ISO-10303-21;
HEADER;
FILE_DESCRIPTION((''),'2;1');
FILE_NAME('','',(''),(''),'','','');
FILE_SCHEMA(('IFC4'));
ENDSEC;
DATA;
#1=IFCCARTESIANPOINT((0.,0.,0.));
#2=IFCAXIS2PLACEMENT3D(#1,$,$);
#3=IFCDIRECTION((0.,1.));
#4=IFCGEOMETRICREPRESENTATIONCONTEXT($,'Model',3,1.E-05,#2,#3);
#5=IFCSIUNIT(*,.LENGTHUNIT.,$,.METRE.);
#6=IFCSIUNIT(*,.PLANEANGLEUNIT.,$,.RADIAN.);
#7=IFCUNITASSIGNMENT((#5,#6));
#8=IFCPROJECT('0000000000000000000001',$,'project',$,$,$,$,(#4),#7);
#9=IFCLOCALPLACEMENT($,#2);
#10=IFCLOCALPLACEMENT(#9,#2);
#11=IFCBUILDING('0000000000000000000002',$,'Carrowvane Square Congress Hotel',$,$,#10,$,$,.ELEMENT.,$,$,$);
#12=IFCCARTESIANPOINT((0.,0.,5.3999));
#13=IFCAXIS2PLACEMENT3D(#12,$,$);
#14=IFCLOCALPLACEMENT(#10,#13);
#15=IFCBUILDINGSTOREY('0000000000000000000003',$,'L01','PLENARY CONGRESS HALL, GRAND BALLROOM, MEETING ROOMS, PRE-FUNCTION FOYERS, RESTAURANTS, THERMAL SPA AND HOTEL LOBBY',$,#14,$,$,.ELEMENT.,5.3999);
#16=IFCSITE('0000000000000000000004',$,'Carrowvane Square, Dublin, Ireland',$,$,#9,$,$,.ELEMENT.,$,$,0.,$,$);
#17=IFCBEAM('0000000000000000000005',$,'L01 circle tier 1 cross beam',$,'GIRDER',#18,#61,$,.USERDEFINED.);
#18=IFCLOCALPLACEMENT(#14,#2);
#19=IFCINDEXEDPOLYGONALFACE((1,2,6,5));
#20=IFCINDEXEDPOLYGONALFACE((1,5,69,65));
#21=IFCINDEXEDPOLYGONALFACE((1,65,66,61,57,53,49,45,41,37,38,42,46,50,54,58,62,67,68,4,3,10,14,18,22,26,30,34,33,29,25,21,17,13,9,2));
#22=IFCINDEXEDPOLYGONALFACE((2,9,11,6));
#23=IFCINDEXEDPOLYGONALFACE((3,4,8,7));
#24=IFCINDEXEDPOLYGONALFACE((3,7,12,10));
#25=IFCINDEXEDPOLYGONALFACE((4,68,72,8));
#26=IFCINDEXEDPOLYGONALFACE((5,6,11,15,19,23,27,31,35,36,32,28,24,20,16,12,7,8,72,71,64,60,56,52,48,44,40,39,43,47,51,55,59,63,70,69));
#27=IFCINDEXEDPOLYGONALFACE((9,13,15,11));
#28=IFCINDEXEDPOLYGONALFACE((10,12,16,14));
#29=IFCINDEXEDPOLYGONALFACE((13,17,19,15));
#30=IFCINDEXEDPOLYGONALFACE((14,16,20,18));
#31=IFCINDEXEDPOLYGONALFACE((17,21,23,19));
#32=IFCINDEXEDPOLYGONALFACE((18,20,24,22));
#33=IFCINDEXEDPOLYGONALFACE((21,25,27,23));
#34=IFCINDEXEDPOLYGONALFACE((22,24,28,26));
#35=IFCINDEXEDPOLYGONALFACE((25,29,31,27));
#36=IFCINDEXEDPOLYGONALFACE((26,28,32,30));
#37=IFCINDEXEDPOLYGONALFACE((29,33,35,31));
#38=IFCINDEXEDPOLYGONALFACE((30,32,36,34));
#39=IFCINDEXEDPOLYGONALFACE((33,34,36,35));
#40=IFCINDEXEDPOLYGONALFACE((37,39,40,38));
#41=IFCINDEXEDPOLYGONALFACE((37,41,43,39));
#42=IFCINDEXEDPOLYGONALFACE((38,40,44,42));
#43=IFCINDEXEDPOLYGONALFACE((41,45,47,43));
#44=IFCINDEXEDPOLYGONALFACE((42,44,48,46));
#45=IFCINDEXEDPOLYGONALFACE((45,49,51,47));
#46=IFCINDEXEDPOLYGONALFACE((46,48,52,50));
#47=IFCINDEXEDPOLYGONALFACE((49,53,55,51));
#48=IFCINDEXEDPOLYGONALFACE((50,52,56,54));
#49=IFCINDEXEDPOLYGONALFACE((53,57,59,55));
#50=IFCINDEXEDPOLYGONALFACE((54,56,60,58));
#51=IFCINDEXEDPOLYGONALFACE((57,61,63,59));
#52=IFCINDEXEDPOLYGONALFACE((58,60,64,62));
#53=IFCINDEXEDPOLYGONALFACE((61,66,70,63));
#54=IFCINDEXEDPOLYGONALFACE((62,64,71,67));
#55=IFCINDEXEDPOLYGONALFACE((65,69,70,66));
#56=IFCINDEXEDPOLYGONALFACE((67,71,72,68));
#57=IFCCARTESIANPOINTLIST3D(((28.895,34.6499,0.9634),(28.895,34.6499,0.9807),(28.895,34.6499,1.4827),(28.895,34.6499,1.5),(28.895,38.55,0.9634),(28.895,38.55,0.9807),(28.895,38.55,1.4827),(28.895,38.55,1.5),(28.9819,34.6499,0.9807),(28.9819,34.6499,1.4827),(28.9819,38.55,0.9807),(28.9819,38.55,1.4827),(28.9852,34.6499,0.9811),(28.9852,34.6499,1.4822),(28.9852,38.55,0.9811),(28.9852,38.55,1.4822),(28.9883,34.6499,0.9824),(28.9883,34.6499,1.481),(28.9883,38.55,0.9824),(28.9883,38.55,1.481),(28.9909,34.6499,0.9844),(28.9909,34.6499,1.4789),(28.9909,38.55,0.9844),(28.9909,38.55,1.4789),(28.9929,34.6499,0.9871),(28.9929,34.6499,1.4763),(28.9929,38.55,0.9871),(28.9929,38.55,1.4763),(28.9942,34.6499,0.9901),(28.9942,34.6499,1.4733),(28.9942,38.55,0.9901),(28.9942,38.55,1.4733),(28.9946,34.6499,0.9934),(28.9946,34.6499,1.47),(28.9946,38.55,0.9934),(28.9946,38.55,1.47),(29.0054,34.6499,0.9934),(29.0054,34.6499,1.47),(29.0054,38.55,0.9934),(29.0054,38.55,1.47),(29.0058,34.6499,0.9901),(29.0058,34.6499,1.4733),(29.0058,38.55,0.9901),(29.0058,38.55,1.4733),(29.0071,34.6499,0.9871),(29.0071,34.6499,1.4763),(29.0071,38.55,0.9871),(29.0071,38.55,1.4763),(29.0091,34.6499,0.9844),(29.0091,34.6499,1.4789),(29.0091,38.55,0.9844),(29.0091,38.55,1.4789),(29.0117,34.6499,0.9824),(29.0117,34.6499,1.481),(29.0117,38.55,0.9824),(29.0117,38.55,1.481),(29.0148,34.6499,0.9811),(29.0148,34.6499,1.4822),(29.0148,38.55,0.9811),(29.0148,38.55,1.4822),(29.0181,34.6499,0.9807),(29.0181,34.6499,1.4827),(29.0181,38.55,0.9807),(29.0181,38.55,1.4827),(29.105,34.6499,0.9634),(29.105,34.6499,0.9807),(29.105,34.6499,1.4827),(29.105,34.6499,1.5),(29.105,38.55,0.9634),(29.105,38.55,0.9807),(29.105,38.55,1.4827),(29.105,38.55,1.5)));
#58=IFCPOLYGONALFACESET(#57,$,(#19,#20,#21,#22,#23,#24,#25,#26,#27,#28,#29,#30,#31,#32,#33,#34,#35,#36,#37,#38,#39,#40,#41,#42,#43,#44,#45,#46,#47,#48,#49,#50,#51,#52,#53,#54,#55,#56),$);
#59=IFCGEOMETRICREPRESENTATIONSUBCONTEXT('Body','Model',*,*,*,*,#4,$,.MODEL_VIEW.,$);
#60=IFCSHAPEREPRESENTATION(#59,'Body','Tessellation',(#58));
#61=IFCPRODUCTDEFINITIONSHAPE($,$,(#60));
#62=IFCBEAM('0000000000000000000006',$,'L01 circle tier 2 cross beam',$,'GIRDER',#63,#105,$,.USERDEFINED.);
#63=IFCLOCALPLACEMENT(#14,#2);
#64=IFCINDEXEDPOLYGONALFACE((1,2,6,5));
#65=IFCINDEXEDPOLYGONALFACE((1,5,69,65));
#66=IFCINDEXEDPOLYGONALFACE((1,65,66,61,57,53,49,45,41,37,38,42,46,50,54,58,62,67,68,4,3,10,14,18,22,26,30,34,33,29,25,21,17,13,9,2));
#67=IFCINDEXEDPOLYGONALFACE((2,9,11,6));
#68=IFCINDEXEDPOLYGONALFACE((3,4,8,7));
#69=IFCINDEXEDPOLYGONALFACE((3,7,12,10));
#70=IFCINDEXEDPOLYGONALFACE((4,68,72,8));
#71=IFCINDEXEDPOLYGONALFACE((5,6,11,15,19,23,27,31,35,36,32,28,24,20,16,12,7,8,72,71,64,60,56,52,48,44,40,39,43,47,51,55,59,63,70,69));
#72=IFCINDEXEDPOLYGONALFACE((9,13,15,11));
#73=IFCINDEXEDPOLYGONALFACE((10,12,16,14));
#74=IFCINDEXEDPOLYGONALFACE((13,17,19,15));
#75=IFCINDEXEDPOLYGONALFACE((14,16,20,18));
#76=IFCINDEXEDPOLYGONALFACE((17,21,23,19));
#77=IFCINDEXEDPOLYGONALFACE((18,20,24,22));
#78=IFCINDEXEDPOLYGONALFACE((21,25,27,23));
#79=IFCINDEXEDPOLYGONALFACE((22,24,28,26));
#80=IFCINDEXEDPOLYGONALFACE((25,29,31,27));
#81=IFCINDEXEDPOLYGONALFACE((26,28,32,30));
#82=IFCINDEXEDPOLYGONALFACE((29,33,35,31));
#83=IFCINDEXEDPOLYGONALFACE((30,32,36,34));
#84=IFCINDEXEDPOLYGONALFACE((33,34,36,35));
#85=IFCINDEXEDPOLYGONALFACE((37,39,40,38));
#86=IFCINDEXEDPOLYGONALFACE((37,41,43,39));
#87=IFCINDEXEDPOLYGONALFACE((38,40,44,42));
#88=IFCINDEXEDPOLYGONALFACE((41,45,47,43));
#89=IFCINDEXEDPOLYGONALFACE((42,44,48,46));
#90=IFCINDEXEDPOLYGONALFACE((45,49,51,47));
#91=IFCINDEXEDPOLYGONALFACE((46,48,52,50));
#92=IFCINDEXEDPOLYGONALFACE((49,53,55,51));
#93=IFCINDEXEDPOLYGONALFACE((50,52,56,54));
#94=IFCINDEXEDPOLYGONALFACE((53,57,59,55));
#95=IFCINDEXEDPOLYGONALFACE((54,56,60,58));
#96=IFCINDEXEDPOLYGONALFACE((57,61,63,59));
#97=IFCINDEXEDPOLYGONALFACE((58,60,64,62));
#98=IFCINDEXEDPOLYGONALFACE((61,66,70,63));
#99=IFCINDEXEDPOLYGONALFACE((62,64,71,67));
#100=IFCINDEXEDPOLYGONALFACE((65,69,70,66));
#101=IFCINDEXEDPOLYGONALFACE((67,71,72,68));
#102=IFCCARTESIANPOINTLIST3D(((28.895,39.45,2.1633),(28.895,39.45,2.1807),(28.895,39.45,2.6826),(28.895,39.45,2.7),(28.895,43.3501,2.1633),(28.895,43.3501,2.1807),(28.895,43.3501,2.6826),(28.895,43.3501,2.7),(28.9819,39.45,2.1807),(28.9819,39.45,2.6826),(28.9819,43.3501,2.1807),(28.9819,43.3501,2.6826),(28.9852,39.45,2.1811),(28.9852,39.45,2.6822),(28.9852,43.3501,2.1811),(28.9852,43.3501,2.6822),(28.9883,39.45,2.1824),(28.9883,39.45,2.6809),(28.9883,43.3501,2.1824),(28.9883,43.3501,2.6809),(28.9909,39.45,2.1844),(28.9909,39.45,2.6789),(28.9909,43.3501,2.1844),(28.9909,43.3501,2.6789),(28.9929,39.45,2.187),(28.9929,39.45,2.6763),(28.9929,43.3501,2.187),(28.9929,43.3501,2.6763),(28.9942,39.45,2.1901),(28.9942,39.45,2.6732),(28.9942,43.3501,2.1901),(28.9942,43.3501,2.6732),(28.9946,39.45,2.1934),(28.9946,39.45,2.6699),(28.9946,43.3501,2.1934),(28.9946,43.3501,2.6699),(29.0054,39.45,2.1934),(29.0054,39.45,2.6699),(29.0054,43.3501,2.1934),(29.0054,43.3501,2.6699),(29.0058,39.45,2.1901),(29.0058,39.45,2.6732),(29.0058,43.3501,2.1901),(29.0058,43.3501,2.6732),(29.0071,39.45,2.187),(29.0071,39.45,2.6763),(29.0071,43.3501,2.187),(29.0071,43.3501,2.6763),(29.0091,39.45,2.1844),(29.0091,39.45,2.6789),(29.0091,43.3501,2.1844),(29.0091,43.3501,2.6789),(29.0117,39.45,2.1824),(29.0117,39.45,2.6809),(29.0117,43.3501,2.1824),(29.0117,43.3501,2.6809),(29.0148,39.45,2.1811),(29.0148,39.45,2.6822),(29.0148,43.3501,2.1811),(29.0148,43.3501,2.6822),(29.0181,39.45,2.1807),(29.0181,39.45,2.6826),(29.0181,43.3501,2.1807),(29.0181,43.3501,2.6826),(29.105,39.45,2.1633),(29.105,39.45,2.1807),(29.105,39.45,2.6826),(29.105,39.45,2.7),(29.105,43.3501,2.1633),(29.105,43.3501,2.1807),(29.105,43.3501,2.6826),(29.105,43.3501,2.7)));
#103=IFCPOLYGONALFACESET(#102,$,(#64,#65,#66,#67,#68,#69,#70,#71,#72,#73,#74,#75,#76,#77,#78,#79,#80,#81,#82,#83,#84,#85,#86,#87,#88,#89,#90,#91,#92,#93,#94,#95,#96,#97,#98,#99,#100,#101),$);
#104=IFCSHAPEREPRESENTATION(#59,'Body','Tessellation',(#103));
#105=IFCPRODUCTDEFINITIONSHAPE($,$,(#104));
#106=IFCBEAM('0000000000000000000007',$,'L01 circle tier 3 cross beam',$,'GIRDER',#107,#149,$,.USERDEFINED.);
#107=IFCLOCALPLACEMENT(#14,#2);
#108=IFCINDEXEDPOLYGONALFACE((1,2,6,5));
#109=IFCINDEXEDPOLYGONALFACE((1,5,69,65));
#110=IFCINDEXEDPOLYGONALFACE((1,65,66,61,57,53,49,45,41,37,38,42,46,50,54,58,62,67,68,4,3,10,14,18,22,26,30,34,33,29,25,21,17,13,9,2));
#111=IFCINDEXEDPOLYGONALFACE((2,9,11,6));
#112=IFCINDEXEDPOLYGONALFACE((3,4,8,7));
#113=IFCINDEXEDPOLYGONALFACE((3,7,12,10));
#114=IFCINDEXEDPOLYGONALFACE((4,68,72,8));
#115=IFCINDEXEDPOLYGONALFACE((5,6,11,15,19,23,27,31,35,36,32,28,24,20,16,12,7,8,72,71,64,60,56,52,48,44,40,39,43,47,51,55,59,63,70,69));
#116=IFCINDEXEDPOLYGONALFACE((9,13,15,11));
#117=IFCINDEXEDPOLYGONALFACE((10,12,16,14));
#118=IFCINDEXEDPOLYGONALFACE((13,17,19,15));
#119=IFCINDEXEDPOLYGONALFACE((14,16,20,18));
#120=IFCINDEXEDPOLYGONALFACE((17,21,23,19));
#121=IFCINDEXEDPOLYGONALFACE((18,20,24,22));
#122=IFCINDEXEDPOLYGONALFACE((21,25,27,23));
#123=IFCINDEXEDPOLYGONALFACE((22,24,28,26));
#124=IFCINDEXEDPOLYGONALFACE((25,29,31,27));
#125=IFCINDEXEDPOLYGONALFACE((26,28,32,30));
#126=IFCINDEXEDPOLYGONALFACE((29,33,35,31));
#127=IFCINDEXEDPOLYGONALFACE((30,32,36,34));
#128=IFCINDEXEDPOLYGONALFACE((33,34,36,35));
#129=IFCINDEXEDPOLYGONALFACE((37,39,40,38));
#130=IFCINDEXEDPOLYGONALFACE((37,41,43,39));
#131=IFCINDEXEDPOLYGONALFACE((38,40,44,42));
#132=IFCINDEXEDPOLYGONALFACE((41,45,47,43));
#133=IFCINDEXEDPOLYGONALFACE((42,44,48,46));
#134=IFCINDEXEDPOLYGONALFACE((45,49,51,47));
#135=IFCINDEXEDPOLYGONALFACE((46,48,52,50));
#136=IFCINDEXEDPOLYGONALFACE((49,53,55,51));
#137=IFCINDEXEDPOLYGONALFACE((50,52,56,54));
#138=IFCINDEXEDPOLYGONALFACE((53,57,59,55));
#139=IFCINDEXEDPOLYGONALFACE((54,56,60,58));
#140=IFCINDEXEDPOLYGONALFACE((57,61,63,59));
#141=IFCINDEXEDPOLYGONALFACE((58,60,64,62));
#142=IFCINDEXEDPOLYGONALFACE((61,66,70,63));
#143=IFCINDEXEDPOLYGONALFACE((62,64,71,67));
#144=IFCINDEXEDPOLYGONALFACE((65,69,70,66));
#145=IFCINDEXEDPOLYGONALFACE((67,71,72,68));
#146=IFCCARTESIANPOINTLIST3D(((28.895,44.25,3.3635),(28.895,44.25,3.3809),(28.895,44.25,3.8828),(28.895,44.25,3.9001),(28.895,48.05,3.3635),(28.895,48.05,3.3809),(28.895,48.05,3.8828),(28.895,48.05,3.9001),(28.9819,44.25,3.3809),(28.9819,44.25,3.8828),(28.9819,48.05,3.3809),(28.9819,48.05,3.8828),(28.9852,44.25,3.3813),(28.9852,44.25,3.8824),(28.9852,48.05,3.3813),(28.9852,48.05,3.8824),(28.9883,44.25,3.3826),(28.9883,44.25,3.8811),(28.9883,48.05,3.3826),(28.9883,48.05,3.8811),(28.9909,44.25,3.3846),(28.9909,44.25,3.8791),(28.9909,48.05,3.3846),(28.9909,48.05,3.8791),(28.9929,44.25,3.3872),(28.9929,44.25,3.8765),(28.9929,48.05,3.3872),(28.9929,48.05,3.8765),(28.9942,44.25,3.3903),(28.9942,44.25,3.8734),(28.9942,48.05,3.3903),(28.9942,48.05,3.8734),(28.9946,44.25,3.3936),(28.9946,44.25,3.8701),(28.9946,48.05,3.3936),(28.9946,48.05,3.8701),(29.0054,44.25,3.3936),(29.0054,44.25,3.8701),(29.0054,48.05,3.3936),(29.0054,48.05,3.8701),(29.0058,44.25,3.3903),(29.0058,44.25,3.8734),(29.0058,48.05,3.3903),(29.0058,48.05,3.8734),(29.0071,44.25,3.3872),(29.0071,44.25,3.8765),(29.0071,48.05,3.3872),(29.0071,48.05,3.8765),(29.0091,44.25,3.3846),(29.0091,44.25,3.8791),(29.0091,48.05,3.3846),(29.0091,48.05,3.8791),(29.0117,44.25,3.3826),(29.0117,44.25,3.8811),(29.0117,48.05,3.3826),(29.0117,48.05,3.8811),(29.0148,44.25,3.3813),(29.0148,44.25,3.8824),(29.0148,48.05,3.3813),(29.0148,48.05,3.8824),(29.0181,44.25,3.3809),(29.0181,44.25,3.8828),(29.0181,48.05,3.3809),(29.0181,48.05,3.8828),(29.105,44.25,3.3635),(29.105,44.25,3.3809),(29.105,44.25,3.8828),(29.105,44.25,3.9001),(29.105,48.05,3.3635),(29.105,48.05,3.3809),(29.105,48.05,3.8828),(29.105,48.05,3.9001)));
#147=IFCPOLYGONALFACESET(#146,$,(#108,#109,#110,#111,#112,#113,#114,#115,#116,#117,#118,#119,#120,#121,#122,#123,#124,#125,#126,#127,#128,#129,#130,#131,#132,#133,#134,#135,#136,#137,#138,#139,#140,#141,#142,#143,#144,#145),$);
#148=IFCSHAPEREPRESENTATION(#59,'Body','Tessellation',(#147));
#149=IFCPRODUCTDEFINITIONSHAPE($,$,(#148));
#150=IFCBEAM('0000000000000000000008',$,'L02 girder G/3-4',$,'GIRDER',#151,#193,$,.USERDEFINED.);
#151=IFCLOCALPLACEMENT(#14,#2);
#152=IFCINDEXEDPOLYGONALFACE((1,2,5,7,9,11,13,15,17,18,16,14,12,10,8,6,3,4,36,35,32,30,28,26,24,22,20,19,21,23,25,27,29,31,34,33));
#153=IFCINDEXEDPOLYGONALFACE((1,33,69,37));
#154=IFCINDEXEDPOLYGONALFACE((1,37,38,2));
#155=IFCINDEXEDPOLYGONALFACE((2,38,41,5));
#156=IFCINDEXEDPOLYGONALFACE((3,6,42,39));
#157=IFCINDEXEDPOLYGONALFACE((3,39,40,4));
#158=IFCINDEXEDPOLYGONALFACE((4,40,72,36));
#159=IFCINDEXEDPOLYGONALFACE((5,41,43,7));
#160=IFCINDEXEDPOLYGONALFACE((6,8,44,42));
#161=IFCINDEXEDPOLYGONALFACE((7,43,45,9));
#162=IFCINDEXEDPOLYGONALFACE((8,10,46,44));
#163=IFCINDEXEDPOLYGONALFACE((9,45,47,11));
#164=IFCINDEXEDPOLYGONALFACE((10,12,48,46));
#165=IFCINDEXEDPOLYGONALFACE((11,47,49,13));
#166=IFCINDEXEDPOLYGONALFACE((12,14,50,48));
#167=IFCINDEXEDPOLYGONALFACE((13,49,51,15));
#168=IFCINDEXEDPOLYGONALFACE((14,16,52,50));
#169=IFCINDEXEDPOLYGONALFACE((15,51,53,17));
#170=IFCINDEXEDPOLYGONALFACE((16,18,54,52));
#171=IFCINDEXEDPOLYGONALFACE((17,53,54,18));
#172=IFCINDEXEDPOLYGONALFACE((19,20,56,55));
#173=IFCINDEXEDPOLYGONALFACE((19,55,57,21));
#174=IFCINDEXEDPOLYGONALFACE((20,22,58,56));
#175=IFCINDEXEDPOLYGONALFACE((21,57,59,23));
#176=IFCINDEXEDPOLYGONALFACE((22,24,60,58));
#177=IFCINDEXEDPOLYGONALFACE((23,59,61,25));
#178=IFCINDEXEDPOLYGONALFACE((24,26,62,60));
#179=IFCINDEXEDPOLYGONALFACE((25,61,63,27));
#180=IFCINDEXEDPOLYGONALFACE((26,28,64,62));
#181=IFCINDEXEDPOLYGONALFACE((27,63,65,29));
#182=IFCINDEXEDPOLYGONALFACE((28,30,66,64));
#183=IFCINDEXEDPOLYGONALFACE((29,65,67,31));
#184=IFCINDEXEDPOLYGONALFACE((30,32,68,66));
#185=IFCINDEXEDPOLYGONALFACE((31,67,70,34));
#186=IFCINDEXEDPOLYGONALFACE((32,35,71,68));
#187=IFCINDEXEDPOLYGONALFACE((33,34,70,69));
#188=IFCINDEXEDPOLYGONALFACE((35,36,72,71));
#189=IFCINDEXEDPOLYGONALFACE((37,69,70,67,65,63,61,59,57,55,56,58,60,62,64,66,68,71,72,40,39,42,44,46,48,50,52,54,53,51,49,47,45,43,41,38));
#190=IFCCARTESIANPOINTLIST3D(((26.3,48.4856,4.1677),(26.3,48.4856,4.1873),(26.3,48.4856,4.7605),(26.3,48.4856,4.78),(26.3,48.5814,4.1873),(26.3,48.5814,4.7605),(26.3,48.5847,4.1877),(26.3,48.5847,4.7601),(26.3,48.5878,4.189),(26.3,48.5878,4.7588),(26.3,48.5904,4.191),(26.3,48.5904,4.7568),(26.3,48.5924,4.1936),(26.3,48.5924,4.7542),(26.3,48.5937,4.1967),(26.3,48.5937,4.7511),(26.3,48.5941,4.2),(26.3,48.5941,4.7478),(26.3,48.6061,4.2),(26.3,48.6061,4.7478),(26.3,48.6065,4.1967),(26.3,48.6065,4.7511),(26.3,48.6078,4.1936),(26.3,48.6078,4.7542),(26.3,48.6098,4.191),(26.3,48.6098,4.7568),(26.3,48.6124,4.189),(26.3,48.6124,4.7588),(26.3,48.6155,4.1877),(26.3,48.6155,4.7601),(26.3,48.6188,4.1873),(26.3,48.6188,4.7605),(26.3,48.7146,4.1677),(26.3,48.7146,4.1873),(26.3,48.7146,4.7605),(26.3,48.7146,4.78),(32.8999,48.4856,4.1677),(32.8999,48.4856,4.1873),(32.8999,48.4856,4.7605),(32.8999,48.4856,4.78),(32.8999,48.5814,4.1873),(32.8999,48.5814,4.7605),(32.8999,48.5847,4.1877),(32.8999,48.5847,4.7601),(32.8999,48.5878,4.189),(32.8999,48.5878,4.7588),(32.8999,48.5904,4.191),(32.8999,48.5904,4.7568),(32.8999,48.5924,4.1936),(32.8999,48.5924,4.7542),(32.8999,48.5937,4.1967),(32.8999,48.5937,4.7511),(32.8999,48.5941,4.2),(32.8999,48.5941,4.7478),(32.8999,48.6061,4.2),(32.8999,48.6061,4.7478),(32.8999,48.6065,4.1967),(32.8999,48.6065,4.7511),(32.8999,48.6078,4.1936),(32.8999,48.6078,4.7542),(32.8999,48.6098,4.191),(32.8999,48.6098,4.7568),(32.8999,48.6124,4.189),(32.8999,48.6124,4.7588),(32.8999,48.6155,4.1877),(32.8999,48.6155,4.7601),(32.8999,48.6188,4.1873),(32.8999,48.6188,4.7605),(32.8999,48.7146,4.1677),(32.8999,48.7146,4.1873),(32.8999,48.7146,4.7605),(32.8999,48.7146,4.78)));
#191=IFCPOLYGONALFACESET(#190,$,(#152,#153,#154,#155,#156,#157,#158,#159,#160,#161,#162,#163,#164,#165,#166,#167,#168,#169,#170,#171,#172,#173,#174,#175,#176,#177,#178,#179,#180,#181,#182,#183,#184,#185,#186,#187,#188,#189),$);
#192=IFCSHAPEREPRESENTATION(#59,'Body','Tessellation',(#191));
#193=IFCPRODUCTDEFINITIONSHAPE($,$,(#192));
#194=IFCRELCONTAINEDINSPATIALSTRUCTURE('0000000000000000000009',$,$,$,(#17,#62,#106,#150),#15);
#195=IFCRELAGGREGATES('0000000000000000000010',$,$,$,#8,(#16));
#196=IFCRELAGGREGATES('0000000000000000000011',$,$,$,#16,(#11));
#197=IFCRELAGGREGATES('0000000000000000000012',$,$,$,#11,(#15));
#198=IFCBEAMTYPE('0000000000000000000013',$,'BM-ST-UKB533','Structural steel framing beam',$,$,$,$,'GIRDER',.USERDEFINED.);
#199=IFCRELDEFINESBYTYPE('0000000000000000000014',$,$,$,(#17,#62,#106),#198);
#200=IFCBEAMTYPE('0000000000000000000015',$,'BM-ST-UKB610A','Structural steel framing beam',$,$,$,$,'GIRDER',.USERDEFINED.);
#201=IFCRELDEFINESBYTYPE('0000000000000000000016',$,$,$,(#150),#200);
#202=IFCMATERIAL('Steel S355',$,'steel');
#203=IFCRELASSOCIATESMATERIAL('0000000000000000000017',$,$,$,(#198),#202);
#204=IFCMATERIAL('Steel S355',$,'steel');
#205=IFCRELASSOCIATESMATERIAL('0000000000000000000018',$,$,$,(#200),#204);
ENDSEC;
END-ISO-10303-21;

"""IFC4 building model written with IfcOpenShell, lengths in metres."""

from ifc_helpers import new_model, si_unit, direction, frame, origin, origin_2d, place, context, subcontext, project, spatial, i_section, extrude, material, material_profile, profile_set, type_object, element, save


model = new_model("IFC4")

# Units and contexts
model_context = context("Model", 3, precision=1e-05, world=origin(), true_north=direction((0.0, 1.0)))
body_context = subcontext(model_context, "Body", "Model", "MODEL_VIEW")
ifc_project = project(units=[si_unit("LENGTHUNIT", "METRE"), si_unit("PLANEANGLEUNIT", "RADIAN")], contexts=[model_context])

# Site, building, storey
site_placement = place(None, origin())
site = spatial("IfcSite", under=ifc_project, at=site_placement, Name="Carrowvane Square, Dublin, Ireland", CompositionType="ELEMENT", RefElevation=0.0)
building_placement = place(site_placement, origin())
building = spatial("IfcBuilding", under=site, at=building_placement, Name="Carrowvane Square Congress Hotel", CompositionType="ELEMENT")
storey_placement = place(building_placement, frame((0.0, 0.0, 5.3999)))
storey = spatial("IfcBuildingStorey", under=building, at=storey_placement, Name="L01", Description="PLENARY CONGRESS HALL, GRAND BALLROOM, MEETING ROOMS, PRE-FUNCTION FOYERS, RESTAURANTS, THERMAL SPA AND HOTEL LOBBY", CompositionType="ELEMENT", Elevation=5.3999)

# Beams
ifc_material_1 = material(Name="Steel S355", Category="steel")
ifc_material_profile_1 = material_profile(ifc_material_1, i_section(OverallWidth=0.21, OverallDepth=0.5366, WebThickness=0.0107, FlangeThickness=0.0173, FilletRadius=0.0127, at=origin_2d()), Name="UKB 533x210x101")
ifc_profile_set_1 = profile_set([ifc_material_profile_1], Name="Steel S355")
beam_type_1 = type_object("IfcBeamType", Name="BM-ST-UKB533", Description="Structural steel framing beam", ElementType="GIRDER", PredefinedType="USERDEFINED", material=ifc_profile_set_1)
for number, where, z_axis, x_axis, name in (
    (1, (29.0, 34.6499, 1.2317), (0.0, 1.0, 0.0), (-1.0, 0.0, 0.0), "L01 circle tier 1 cross beam"),
    (2, (29.0, 39.45, 2.4316), (0.0, 1.0, 0.0), (-1.0, 0.0, 0.0), "L01 circle tier 2 cross beam"),
):
    element("IfcBeam", number, at=place(storey_placement, frame(where, z_axis=z_axis, x_axis=x_axis)), inside=storey, type_object=beam_type_1, Name=name, ObjectType="GIRDER", PredefinedType="USERDEFINED", context=body_context, shape_type="SweptSolid", body=[
        extrude(i_section(OverallWidth=0.21, OverallDepth=0.5366, WebThickness=0.0107, FlangeThickness=0.0173, FilletRadius=0.0127, at=origin_2d()), origin(), (0.0, 0.0, 1.0), 3.9001),
    ])
beam_1_placement = place(storey_placement, frame((29.0, 44.25, 3.6318), z_axis=(0.0, 1.0, 0.0), x_axis=(-1.0, 0.0, 0.0)))
element("IfcBeam", 3, at=beam_1_placement, inside=storey, type_object=beam_type_1, Name="L01 circle tier 3 cross beam", ObjectType="GIRDER", PredefinedType="USERDEFINED", context=body_context, shape_type="SweptSolid", body=[
    extrude(i_section(OverallWidth=0.21, OverallDepth=0.5366, WebThickness=0.0107, FlangeThickness=0.0173, FilletRadius=0.0127, at=origin_2d()), origin(), (0.0, 0.0, 1.0), 3.8),
])
ifc_material_2 = material(Name="Steel S355", Category="steel")
ifc_material_profile_2 = material_profile(ifc_material_2, i_section(OverallWidth=0.229, OverallDepth=0.6123, WebThickness=0.012, FlangeThickness=0.0195, FilletRadius=0.0127, at=origin_2d()), Name="UKB 610x229x125")
ifc_profile_set_2 = profile_set([ifc_material_profile_2], Name="Steel S355")
beam_type_2 = type_object("IfcBeamType", Name="BM-ST-UKB610A", Description="Structural steel framing beam", ElementType="GIRDER", PredefinedType="USERDEFINED", material=ifc_profile_set_2)
beam_2_placement = place(storey_placement, frame((26.3, 48.6001, 4.4739), z_axis=(1.0, 0.0, 0.0), x_axis=(0.0, 1.0, 0.0)))
element("IfcBeam", 4, at=beam_2_placement, inside=storey, type_object=beam_type_2, Name="L02 girder G/3-4", ObjectType="GIRDER", PredefinedType="USERDEFINED", context=body_context, shape_type="SweptSolid", body=[
    extrude(i_section(OverallWidth=0.229, OverallDepth=0.6123, WebThickness=0.012, FlangeThickness=0.0195, FilletRadius=0.0127, at=origin_2d()), origin(), (0.0, 0.0, 1.0), 6.5999),
])

save(model, "model.ifc")
